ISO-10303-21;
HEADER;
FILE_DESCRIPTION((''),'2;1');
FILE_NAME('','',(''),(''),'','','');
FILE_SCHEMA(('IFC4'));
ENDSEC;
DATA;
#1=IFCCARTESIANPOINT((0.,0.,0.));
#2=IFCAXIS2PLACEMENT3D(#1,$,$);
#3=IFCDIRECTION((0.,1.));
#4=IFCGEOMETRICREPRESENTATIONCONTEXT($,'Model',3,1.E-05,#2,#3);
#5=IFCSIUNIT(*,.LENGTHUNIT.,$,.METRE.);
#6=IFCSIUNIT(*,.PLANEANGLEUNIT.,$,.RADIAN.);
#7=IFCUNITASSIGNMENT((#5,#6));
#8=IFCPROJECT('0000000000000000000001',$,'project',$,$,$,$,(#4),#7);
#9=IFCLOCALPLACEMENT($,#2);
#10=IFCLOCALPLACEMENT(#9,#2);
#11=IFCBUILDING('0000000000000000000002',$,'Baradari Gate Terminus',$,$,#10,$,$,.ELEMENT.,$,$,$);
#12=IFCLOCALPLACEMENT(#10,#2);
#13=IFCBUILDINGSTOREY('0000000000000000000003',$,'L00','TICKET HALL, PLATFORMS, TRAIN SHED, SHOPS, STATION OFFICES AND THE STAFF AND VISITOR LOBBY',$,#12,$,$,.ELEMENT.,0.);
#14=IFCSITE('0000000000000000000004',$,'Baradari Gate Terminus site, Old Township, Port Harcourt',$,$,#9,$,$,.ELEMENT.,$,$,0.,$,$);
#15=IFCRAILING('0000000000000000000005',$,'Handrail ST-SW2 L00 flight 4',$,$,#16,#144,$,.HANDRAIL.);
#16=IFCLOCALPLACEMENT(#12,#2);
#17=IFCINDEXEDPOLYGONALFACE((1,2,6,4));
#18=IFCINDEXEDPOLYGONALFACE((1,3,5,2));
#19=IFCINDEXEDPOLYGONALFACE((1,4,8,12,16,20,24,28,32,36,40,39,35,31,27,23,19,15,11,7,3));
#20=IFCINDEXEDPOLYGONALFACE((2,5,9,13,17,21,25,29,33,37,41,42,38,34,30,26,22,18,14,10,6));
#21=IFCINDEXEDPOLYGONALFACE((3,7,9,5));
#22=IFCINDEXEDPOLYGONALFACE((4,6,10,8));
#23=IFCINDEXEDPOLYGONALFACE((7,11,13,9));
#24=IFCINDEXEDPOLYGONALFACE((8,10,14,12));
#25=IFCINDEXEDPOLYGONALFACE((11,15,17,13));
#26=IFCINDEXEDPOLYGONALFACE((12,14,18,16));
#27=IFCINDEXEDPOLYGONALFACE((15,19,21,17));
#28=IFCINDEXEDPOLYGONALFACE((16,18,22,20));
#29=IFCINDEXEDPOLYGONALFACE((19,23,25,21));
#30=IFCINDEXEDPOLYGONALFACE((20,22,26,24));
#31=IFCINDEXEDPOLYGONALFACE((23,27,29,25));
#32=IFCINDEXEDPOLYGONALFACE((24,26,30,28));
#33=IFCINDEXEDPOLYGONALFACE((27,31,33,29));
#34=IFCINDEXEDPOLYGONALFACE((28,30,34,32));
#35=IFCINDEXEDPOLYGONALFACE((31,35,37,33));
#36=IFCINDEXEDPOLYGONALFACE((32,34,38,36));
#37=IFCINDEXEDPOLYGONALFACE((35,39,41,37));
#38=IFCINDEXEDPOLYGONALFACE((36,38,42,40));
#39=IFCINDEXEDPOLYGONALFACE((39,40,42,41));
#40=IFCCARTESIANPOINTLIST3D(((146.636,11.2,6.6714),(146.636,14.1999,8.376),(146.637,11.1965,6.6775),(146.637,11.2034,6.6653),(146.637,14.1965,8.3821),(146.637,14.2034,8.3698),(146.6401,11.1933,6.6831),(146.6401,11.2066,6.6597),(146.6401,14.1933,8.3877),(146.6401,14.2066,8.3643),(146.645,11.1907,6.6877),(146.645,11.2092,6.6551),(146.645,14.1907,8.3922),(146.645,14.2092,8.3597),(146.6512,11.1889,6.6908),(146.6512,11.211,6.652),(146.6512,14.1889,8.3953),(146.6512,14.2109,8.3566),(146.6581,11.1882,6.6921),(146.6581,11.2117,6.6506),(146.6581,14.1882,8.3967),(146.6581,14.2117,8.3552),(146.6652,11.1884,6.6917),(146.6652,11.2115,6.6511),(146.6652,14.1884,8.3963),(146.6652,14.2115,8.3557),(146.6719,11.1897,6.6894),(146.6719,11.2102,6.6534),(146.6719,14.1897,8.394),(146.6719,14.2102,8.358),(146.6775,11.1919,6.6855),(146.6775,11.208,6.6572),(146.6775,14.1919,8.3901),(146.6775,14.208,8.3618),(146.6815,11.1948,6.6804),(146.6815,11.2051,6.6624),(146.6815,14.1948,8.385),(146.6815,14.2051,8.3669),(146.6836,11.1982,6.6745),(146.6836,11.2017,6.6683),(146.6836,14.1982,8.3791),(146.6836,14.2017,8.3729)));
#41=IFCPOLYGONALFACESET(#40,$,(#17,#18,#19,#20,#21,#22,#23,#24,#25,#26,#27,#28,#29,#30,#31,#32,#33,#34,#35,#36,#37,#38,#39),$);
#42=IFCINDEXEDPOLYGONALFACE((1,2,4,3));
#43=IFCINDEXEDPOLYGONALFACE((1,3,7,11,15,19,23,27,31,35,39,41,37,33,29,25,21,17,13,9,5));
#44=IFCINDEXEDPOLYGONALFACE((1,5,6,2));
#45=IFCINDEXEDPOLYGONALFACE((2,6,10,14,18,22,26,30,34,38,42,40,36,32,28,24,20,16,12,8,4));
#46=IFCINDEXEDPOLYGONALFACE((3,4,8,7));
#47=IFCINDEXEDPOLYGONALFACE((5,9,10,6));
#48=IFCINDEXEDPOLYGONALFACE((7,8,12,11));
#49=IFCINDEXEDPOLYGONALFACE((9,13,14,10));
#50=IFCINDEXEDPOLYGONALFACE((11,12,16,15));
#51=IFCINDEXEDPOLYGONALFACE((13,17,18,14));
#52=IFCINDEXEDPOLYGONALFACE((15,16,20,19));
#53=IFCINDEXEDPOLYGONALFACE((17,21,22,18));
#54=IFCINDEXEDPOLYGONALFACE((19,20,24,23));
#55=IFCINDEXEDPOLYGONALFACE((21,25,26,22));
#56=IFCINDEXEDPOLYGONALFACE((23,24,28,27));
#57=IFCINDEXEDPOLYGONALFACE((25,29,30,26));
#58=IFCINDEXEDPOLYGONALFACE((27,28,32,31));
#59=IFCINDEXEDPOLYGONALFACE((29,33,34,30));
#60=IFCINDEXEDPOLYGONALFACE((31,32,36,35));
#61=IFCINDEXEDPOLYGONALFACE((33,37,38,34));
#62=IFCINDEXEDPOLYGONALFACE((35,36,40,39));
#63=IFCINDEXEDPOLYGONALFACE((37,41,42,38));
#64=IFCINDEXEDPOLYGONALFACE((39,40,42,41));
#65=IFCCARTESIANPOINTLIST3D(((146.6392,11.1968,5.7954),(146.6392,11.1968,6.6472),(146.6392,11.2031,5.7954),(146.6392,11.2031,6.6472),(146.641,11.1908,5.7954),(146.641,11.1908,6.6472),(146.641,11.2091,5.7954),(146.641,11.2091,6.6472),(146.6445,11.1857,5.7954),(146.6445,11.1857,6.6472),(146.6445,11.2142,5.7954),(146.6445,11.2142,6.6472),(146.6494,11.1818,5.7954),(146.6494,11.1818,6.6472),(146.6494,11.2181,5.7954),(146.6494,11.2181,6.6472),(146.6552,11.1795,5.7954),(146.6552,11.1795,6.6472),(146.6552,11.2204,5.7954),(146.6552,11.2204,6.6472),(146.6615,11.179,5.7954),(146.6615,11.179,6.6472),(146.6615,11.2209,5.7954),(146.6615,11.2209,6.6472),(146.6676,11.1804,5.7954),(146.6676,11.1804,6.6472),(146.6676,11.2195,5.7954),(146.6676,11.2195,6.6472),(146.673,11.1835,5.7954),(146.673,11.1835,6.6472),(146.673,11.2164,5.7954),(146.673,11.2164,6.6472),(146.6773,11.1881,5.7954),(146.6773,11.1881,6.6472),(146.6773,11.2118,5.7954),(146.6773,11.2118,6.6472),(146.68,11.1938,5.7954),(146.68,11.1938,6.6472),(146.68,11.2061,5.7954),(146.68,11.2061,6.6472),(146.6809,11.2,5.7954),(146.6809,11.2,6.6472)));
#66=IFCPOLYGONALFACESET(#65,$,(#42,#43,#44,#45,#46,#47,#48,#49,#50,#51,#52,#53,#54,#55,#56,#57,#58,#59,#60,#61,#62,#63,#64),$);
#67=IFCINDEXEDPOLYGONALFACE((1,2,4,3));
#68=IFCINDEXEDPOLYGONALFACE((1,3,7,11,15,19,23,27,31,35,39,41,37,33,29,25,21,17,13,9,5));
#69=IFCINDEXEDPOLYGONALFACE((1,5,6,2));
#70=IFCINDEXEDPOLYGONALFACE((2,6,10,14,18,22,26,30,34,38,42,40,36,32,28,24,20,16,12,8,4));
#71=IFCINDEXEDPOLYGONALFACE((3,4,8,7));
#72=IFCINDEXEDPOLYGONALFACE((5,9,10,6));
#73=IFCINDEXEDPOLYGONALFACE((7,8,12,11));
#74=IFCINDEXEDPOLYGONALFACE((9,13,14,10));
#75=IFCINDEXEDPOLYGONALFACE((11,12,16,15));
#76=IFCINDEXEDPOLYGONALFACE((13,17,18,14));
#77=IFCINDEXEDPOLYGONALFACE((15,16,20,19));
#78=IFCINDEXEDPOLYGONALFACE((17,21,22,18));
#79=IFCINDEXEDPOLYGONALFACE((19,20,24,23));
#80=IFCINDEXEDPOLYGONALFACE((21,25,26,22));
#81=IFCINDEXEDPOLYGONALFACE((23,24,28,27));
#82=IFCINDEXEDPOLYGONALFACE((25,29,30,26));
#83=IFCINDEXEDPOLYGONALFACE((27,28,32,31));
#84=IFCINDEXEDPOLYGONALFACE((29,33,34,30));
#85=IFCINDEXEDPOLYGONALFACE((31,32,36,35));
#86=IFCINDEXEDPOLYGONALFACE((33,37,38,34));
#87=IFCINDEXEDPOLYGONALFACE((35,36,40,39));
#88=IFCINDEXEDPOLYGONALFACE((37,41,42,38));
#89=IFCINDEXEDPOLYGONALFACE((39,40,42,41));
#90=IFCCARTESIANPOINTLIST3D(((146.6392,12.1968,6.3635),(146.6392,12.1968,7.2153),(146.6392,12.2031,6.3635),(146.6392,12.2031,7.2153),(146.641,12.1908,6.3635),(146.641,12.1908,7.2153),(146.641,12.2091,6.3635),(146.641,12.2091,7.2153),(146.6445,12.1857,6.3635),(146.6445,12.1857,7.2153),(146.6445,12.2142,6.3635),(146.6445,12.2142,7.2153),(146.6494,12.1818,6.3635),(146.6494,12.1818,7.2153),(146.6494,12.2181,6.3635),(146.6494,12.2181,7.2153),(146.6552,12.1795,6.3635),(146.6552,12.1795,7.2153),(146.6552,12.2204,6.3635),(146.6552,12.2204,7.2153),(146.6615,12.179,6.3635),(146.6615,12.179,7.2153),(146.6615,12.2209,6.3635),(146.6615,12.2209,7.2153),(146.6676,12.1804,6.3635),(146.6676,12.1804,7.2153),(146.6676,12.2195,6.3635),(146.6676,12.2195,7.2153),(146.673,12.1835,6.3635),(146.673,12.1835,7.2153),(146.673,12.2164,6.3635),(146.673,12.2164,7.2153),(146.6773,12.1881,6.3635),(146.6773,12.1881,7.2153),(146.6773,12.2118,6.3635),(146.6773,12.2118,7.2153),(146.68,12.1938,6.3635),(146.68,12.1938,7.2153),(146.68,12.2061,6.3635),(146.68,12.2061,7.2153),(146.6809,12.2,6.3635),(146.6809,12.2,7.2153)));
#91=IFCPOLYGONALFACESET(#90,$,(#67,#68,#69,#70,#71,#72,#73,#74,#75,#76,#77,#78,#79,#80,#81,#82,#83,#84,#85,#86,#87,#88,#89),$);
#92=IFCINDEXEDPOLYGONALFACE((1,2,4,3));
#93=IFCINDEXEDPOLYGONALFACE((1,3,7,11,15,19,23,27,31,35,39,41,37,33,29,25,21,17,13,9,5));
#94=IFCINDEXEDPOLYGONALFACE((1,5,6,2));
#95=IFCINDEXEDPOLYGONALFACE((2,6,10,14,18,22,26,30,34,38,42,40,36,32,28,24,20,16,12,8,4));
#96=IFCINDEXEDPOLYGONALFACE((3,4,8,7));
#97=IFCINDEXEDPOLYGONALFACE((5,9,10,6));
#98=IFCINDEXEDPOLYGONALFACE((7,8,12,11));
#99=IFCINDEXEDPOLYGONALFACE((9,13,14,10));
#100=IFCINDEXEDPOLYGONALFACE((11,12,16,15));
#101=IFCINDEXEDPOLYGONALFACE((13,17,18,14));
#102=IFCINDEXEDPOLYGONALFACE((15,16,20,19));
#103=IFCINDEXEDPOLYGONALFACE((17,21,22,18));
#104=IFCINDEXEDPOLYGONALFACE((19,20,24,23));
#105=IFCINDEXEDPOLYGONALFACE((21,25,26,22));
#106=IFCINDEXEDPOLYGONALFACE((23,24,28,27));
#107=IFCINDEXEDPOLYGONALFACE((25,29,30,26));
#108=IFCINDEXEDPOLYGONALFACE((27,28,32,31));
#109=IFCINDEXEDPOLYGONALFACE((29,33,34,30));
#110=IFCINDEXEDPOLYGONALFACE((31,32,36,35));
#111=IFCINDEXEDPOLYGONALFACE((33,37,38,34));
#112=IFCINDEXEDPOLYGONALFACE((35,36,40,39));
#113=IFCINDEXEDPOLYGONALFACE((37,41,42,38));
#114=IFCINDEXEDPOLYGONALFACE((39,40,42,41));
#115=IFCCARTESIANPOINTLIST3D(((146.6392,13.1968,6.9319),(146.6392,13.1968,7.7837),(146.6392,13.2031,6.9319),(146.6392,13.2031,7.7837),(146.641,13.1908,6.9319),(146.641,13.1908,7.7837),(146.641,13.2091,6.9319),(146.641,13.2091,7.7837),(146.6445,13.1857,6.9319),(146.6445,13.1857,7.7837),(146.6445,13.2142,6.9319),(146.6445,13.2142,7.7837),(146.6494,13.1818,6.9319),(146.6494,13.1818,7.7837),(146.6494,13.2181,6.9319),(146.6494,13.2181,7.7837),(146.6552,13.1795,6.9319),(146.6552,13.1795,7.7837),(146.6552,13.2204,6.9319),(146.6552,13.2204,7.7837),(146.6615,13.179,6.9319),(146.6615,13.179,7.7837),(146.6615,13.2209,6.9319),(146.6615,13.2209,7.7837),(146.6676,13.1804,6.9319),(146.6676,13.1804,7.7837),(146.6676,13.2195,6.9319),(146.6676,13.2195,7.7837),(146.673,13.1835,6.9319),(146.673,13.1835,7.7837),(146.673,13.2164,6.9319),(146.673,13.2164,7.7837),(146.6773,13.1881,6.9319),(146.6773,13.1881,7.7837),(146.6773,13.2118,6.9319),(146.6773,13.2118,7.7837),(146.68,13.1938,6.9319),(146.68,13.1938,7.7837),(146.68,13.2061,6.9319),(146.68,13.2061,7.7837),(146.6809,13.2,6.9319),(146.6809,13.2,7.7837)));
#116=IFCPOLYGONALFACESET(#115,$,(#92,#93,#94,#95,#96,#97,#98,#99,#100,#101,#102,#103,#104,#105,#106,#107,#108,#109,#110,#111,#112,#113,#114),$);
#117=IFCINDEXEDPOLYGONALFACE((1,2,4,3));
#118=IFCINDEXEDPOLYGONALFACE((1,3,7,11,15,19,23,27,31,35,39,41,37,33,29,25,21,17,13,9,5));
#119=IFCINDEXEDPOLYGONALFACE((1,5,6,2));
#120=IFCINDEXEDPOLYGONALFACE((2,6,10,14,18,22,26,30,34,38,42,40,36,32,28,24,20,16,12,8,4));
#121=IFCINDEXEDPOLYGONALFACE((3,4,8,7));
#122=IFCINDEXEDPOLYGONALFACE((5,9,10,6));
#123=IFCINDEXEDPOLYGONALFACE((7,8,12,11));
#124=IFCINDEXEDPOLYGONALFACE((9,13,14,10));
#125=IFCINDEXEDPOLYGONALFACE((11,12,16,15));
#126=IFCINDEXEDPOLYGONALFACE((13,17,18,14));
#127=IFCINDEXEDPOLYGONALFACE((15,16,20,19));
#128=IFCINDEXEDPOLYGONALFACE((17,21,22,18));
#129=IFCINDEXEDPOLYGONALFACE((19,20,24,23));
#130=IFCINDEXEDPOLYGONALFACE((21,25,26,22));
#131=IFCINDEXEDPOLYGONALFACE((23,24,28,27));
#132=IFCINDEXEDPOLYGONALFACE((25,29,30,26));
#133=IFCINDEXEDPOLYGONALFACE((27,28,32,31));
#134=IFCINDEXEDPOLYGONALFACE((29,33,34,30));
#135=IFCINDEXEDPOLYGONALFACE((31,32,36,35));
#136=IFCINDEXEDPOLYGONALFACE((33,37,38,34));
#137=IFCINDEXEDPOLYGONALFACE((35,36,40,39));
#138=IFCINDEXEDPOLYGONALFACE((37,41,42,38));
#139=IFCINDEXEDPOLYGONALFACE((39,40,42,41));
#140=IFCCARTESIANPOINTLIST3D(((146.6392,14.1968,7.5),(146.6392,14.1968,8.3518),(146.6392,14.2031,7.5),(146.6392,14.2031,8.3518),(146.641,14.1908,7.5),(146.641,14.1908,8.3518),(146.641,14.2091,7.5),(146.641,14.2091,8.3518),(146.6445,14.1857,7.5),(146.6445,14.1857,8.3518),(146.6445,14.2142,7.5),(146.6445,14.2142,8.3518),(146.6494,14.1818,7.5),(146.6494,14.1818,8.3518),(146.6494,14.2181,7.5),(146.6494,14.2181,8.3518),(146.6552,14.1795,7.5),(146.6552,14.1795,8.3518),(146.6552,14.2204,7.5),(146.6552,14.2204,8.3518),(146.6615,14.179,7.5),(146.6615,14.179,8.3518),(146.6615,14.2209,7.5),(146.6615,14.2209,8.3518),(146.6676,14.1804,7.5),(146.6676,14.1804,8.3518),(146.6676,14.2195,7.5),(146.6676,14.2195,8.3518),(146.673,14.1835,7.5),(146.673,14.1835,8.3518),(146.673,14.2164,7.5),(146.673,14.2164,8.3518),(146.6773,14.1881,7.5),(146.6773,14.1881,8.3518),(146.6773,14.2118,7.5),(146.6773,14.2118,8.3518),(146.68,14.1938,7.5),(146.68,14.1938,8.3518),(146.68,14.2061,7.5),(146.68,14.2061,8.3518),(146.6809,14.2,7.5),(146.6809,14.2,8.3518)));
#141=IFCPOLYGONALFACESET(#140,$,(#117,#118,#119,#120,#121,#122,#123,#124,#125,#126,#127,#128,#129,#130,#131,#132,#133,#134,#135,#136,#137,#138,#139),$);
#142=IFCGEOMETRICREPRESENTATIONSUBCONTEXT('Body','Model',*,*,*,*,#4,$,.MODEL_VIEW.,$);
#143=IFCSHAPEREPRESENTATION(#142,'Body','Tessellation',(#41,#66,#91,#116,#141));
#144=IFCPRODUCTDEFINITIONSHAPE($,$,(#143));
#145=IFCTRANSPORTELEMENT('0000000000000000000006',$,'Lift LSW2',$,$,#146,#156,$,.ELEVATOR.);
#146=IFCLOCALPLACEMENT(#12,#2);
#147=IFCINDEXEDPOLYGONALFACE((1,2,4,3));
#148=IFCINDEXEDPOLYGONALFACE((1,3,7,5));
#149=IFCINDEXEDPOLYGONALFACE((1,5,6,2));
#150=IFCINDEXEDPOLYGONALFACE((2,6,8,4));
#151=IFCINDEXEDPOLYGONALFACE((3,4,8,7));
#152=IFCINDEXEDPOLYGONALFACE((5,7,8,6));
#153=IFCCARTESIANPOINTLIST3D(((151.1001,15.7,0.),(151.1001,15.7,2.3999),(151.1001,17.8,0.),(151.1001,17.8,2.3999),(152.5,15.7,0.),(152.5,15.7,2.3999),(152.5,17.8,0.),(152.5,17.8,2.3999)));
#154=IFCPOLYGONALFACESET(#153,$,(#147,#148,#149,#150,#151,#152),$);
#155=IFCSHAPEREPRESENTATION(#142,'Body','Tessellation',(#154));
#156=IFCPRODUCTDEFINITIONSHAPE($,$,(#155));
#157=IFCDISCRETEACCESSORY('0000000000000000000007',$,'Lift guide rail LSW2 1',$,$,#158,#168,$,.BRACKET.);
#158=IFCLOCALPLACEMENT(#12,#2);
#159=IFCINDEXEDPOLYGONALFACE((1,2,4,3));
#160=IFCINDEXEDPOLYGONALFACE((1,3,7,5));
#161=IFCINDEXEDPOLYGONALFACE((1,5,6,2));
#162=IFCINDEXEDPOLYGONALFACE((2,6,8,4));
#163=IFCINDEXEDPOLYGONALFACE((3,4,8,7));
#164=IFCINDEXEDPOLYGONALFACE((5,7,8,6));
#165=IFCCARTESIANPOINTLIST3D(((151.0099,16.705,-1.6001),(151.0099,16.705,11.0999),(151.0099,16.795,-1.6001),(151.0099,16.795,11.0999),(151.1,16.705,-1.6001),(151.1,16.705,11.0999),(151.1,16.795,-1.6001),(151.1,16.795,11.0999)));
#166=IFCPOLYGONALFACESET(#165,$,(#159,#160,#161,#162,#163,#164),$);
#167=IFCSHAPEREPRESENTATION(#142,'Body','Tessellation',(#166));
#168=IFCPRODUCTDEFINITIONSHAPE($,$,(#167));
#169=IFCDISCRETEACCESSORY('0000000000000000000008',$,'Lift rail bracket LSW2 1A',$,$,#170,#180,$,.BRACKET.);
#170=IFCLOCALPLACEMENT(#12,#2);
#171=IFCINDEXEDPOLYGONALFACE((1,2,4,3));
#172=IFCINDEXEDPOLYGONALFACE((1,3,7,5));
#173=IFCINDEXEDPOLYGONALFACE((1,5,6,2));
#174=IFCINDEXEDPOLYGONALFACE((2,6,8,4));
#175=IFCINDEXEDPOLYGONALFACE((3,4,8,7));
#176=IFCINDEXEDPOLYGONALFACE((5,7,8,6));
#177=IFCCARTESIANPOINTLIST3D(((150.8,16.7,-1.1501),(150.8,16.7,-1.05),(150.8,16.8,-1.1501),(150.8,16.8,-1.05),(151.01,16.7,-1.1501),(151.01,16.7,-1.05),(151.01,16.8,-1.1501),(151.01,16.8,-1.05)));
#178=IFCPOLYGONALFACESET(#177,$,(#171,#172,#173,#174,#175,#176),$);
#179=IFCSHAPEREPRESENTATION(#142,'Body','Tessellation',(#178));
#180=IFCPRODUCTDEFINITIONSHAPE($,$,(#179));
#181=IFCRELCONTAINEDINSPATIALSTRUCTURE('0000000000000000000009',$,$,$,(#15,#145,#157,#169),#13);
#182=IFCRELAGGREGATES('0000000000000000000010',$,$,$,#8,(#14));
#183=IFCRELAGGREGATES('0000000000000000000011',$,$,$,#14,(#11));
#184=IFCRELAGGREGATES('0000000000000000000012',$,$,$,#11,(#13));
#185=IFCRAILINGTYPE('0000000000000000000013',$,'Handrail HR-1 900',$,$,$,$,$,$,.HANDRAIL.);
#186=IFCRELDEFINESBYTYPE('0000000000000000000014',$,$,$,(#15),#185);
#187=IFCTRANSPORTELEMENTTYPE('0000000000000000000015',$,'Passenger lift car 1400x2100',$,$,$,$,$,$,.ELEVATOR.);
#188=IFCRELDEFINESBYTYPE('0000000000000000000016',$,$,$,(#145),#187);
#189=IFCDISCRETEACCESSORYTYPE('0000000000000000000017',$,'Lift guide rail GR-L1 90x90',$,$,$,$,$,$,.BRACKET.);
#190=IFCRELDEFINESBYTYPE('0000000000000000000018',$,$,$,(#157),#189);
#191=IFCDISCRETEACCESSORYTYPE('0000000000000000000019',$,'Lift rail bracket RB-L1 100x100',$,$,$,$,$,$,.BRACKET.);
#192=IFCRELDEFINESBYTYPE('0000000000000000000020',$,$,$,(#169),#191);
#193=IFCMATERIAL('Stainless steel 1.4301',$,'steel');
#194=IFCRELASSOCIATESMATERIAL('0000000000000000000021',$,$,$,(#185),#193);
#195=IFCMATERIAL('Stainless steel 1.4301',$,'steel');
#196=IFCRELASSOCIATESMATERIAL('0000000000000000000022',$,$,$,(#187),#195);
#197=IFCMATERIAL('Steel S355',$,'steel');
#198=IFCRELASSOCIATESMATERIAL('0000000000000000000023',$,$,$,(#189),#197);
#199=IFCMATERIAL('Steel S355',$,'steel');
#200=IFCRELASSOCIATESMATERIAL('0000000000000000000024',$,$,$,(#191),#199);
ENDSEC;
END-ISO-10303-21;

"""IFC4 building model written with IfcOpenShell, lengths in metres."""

from ifc_helpers import new_model, si_unit, direction, frame, origin, origin_2d, place, context, subcontext, project, spatial, rectangle, circle, extrude, material, type_object, element, save


model = new_model("IFC4")

# Units and contexts
model_context = context("Model", 3, precision=1e-05, world=origin(), true_north=direction((0.0, 1.0)))
body_context = subcontext(model_context, "Body", "Model", "MODEL_VIEW")
ifc_project = project(units=[si_unit("LENGTHUNIT", "METRE"), si_unit("PLANEANGLEUNIT", "RADIAN")], contexts=[model_context])

# Site, building, storey
site_placement = place(None, origin())
site = spatial("IfcSite", under=ifc_project, at=site_placement, Name="Baradari Gate Terminus site, Old Township, Port Harcourt", CompositionType="ELEMENT", RefElevation=0.0)
building_placement = place(site_placement, origin())
building = spatial("IfcBuilding", under=site, at=building_placement, Name="Baradari Gate Terminus", CompositionType="ELEMENT")
storey_placement = place(building_placement, origin())
storey = spatial("IfcBuildingStorey", under=building, at=storey_placement, Name="L00", Description="TICKET HALL, PLATFORMS, TRAIN SHED, SHOPS, STATION OFFICES AND THE STAFF AND VISITOR LOBBY", CompositionType="ELEMENT", Elevation=0.0)

# Railing
ifc_material_1 = material(Name="Stainless steel 1.4301", Category="steel")
railing_type_1 = type_object("IfcRailingType", Name="Handrail HR-1 900", PredefinedType="HANDRAIL", material=ifc_material_1)
for number, where, name in (
    (1, (146.6599, 11.2, 5.7954), "Handrail ST-SW2 L00 flight 4"),
):
    element("IfcRailing", number, at=place(storey_placement, frame(where)), inside=storey, type_object=railing_type_1, Name=name, PredefinedType="HANDRAIL", context=body_context, shape_type="SweptSolid", body=[
        extrude(circle(Radius=0.0239, at=origin_2d()), frame((0.0, 0.0, 0.876), z_axis=(0.0, 0.869451, 0.494019), x_axis=(-1.0, 0.0, 0.0)), (0.0, 0.0, 1.0), 3.4504),
        extrude(circle(Radius=0.021, at=origin_2d()), origin(), (0.0, 0.0, 1.0), 0.8518),
        extrude(circle(Radius=0.021, at=origin_2d()), frame((0.0, 1.0, 0.5681)), (0.0, 0.0, 1.0), 0.8518),
        extrude(circle(Radius=0.021, at=origin_2d()), frame((0.0, 2.0, 1.1365)), (0.0, 0.0, 1.0), 0.8518),
        extrude(circle(Radius=0.021, at=origin_2d()), frame((0.0, 3.0, 1.7046)), (0.0, 0.0, 1.0), 0.8518),
    ])

# Transport element
ifc_material_2 = material(Name="Stainless steel 1.4301", Category="steel")
transport_element_type = type_object("IfcTransportElementType", Name="Passenger lift car 1400x2100", PredefinedType="ELEVATOR", material=ifc_material_2)
transport_element_placement = place(storey_placement, frame((151.8, 16.75, 0.0), z_axis=(0.0, 0.0, 1.0), x_axis=(1.0, 0.0, 0.0)))
element("IfcTransportElement", 2, at=transport_element_placement, inside=storey, type_object=transport_element_type, Name="Lift LSW2", PredefinedType="ELEVATOR", context=body_context, shape_type="SweptSolid", body=[
    extrude(rectangle(XDim=1.3999, YDim=2.1001, at=origin_2d()), origin(), (0.0, 0.0, 1.0), 2.3999),
])

# Discrete accessories
ifc_material_3 = material(Name="Steel S355", Category="steel")
discrete_accessory_type_1 = type_object("IfcDiscreteAccessoryType", Name="Lift guide rail GR-L1 90x90", PredefinedType="BRACKET", material=ifc_material_3)
discrete_accessory_1_placement = place(storey_placement, frame((151.0549, 16.75, -1.6001), z_axis=(0.0, 0.0, 1.0), x_axis=(1.0, 0.0, 0.0)))
element("IfcDiscreteAccessory", 3, at=discrete_accessory_1_placement, inside=storey, type_object=discrete_accessory_type_1, Name="Lift guide rail LSW2 1", PredefinedType="BRACKET", context=body_context, shape_type="SweptSolid", body=[
    extrude(rectangle(XDim=0.0901, YDim=0.0901, at=origin_2d()), origin(), (0.0, 0.0, 1.0), 12.7),
])
ifc_material_4 = material(Name="Steel S355", Category="steel")
discrete_accessory_type_2 = type_object("IfcDiscreteAccessoryType", Name="Lift rail bracket RB-L1 100x100", PredefinedType="BRACKET", material=ifc_material_4)
discrete_accessory_2_placement = place(storey_placement, frame((150.905, 16.75, -1.1501), z_axis=(0.0, 0.0, 1.0), x_axis=(1.0, 0.0, 0.0)))
element("IfcDiscreteAccessory", 4, at=discrete_accessory_2_placement, inside=storey, type_object=discrete_accessory_type_2, Name="Lift rail bracket LSW2 1A", PredefinedType="BRACKET", context=body_context, shape_type="SweptSolid", body=[
    extrude(rectangle(XDim=0.21, YDim=0.1001, at=origin_2d()), origin(), (0.0, 0.0, 1.0), 0.1001),
])

save(model, "model.ifc")
